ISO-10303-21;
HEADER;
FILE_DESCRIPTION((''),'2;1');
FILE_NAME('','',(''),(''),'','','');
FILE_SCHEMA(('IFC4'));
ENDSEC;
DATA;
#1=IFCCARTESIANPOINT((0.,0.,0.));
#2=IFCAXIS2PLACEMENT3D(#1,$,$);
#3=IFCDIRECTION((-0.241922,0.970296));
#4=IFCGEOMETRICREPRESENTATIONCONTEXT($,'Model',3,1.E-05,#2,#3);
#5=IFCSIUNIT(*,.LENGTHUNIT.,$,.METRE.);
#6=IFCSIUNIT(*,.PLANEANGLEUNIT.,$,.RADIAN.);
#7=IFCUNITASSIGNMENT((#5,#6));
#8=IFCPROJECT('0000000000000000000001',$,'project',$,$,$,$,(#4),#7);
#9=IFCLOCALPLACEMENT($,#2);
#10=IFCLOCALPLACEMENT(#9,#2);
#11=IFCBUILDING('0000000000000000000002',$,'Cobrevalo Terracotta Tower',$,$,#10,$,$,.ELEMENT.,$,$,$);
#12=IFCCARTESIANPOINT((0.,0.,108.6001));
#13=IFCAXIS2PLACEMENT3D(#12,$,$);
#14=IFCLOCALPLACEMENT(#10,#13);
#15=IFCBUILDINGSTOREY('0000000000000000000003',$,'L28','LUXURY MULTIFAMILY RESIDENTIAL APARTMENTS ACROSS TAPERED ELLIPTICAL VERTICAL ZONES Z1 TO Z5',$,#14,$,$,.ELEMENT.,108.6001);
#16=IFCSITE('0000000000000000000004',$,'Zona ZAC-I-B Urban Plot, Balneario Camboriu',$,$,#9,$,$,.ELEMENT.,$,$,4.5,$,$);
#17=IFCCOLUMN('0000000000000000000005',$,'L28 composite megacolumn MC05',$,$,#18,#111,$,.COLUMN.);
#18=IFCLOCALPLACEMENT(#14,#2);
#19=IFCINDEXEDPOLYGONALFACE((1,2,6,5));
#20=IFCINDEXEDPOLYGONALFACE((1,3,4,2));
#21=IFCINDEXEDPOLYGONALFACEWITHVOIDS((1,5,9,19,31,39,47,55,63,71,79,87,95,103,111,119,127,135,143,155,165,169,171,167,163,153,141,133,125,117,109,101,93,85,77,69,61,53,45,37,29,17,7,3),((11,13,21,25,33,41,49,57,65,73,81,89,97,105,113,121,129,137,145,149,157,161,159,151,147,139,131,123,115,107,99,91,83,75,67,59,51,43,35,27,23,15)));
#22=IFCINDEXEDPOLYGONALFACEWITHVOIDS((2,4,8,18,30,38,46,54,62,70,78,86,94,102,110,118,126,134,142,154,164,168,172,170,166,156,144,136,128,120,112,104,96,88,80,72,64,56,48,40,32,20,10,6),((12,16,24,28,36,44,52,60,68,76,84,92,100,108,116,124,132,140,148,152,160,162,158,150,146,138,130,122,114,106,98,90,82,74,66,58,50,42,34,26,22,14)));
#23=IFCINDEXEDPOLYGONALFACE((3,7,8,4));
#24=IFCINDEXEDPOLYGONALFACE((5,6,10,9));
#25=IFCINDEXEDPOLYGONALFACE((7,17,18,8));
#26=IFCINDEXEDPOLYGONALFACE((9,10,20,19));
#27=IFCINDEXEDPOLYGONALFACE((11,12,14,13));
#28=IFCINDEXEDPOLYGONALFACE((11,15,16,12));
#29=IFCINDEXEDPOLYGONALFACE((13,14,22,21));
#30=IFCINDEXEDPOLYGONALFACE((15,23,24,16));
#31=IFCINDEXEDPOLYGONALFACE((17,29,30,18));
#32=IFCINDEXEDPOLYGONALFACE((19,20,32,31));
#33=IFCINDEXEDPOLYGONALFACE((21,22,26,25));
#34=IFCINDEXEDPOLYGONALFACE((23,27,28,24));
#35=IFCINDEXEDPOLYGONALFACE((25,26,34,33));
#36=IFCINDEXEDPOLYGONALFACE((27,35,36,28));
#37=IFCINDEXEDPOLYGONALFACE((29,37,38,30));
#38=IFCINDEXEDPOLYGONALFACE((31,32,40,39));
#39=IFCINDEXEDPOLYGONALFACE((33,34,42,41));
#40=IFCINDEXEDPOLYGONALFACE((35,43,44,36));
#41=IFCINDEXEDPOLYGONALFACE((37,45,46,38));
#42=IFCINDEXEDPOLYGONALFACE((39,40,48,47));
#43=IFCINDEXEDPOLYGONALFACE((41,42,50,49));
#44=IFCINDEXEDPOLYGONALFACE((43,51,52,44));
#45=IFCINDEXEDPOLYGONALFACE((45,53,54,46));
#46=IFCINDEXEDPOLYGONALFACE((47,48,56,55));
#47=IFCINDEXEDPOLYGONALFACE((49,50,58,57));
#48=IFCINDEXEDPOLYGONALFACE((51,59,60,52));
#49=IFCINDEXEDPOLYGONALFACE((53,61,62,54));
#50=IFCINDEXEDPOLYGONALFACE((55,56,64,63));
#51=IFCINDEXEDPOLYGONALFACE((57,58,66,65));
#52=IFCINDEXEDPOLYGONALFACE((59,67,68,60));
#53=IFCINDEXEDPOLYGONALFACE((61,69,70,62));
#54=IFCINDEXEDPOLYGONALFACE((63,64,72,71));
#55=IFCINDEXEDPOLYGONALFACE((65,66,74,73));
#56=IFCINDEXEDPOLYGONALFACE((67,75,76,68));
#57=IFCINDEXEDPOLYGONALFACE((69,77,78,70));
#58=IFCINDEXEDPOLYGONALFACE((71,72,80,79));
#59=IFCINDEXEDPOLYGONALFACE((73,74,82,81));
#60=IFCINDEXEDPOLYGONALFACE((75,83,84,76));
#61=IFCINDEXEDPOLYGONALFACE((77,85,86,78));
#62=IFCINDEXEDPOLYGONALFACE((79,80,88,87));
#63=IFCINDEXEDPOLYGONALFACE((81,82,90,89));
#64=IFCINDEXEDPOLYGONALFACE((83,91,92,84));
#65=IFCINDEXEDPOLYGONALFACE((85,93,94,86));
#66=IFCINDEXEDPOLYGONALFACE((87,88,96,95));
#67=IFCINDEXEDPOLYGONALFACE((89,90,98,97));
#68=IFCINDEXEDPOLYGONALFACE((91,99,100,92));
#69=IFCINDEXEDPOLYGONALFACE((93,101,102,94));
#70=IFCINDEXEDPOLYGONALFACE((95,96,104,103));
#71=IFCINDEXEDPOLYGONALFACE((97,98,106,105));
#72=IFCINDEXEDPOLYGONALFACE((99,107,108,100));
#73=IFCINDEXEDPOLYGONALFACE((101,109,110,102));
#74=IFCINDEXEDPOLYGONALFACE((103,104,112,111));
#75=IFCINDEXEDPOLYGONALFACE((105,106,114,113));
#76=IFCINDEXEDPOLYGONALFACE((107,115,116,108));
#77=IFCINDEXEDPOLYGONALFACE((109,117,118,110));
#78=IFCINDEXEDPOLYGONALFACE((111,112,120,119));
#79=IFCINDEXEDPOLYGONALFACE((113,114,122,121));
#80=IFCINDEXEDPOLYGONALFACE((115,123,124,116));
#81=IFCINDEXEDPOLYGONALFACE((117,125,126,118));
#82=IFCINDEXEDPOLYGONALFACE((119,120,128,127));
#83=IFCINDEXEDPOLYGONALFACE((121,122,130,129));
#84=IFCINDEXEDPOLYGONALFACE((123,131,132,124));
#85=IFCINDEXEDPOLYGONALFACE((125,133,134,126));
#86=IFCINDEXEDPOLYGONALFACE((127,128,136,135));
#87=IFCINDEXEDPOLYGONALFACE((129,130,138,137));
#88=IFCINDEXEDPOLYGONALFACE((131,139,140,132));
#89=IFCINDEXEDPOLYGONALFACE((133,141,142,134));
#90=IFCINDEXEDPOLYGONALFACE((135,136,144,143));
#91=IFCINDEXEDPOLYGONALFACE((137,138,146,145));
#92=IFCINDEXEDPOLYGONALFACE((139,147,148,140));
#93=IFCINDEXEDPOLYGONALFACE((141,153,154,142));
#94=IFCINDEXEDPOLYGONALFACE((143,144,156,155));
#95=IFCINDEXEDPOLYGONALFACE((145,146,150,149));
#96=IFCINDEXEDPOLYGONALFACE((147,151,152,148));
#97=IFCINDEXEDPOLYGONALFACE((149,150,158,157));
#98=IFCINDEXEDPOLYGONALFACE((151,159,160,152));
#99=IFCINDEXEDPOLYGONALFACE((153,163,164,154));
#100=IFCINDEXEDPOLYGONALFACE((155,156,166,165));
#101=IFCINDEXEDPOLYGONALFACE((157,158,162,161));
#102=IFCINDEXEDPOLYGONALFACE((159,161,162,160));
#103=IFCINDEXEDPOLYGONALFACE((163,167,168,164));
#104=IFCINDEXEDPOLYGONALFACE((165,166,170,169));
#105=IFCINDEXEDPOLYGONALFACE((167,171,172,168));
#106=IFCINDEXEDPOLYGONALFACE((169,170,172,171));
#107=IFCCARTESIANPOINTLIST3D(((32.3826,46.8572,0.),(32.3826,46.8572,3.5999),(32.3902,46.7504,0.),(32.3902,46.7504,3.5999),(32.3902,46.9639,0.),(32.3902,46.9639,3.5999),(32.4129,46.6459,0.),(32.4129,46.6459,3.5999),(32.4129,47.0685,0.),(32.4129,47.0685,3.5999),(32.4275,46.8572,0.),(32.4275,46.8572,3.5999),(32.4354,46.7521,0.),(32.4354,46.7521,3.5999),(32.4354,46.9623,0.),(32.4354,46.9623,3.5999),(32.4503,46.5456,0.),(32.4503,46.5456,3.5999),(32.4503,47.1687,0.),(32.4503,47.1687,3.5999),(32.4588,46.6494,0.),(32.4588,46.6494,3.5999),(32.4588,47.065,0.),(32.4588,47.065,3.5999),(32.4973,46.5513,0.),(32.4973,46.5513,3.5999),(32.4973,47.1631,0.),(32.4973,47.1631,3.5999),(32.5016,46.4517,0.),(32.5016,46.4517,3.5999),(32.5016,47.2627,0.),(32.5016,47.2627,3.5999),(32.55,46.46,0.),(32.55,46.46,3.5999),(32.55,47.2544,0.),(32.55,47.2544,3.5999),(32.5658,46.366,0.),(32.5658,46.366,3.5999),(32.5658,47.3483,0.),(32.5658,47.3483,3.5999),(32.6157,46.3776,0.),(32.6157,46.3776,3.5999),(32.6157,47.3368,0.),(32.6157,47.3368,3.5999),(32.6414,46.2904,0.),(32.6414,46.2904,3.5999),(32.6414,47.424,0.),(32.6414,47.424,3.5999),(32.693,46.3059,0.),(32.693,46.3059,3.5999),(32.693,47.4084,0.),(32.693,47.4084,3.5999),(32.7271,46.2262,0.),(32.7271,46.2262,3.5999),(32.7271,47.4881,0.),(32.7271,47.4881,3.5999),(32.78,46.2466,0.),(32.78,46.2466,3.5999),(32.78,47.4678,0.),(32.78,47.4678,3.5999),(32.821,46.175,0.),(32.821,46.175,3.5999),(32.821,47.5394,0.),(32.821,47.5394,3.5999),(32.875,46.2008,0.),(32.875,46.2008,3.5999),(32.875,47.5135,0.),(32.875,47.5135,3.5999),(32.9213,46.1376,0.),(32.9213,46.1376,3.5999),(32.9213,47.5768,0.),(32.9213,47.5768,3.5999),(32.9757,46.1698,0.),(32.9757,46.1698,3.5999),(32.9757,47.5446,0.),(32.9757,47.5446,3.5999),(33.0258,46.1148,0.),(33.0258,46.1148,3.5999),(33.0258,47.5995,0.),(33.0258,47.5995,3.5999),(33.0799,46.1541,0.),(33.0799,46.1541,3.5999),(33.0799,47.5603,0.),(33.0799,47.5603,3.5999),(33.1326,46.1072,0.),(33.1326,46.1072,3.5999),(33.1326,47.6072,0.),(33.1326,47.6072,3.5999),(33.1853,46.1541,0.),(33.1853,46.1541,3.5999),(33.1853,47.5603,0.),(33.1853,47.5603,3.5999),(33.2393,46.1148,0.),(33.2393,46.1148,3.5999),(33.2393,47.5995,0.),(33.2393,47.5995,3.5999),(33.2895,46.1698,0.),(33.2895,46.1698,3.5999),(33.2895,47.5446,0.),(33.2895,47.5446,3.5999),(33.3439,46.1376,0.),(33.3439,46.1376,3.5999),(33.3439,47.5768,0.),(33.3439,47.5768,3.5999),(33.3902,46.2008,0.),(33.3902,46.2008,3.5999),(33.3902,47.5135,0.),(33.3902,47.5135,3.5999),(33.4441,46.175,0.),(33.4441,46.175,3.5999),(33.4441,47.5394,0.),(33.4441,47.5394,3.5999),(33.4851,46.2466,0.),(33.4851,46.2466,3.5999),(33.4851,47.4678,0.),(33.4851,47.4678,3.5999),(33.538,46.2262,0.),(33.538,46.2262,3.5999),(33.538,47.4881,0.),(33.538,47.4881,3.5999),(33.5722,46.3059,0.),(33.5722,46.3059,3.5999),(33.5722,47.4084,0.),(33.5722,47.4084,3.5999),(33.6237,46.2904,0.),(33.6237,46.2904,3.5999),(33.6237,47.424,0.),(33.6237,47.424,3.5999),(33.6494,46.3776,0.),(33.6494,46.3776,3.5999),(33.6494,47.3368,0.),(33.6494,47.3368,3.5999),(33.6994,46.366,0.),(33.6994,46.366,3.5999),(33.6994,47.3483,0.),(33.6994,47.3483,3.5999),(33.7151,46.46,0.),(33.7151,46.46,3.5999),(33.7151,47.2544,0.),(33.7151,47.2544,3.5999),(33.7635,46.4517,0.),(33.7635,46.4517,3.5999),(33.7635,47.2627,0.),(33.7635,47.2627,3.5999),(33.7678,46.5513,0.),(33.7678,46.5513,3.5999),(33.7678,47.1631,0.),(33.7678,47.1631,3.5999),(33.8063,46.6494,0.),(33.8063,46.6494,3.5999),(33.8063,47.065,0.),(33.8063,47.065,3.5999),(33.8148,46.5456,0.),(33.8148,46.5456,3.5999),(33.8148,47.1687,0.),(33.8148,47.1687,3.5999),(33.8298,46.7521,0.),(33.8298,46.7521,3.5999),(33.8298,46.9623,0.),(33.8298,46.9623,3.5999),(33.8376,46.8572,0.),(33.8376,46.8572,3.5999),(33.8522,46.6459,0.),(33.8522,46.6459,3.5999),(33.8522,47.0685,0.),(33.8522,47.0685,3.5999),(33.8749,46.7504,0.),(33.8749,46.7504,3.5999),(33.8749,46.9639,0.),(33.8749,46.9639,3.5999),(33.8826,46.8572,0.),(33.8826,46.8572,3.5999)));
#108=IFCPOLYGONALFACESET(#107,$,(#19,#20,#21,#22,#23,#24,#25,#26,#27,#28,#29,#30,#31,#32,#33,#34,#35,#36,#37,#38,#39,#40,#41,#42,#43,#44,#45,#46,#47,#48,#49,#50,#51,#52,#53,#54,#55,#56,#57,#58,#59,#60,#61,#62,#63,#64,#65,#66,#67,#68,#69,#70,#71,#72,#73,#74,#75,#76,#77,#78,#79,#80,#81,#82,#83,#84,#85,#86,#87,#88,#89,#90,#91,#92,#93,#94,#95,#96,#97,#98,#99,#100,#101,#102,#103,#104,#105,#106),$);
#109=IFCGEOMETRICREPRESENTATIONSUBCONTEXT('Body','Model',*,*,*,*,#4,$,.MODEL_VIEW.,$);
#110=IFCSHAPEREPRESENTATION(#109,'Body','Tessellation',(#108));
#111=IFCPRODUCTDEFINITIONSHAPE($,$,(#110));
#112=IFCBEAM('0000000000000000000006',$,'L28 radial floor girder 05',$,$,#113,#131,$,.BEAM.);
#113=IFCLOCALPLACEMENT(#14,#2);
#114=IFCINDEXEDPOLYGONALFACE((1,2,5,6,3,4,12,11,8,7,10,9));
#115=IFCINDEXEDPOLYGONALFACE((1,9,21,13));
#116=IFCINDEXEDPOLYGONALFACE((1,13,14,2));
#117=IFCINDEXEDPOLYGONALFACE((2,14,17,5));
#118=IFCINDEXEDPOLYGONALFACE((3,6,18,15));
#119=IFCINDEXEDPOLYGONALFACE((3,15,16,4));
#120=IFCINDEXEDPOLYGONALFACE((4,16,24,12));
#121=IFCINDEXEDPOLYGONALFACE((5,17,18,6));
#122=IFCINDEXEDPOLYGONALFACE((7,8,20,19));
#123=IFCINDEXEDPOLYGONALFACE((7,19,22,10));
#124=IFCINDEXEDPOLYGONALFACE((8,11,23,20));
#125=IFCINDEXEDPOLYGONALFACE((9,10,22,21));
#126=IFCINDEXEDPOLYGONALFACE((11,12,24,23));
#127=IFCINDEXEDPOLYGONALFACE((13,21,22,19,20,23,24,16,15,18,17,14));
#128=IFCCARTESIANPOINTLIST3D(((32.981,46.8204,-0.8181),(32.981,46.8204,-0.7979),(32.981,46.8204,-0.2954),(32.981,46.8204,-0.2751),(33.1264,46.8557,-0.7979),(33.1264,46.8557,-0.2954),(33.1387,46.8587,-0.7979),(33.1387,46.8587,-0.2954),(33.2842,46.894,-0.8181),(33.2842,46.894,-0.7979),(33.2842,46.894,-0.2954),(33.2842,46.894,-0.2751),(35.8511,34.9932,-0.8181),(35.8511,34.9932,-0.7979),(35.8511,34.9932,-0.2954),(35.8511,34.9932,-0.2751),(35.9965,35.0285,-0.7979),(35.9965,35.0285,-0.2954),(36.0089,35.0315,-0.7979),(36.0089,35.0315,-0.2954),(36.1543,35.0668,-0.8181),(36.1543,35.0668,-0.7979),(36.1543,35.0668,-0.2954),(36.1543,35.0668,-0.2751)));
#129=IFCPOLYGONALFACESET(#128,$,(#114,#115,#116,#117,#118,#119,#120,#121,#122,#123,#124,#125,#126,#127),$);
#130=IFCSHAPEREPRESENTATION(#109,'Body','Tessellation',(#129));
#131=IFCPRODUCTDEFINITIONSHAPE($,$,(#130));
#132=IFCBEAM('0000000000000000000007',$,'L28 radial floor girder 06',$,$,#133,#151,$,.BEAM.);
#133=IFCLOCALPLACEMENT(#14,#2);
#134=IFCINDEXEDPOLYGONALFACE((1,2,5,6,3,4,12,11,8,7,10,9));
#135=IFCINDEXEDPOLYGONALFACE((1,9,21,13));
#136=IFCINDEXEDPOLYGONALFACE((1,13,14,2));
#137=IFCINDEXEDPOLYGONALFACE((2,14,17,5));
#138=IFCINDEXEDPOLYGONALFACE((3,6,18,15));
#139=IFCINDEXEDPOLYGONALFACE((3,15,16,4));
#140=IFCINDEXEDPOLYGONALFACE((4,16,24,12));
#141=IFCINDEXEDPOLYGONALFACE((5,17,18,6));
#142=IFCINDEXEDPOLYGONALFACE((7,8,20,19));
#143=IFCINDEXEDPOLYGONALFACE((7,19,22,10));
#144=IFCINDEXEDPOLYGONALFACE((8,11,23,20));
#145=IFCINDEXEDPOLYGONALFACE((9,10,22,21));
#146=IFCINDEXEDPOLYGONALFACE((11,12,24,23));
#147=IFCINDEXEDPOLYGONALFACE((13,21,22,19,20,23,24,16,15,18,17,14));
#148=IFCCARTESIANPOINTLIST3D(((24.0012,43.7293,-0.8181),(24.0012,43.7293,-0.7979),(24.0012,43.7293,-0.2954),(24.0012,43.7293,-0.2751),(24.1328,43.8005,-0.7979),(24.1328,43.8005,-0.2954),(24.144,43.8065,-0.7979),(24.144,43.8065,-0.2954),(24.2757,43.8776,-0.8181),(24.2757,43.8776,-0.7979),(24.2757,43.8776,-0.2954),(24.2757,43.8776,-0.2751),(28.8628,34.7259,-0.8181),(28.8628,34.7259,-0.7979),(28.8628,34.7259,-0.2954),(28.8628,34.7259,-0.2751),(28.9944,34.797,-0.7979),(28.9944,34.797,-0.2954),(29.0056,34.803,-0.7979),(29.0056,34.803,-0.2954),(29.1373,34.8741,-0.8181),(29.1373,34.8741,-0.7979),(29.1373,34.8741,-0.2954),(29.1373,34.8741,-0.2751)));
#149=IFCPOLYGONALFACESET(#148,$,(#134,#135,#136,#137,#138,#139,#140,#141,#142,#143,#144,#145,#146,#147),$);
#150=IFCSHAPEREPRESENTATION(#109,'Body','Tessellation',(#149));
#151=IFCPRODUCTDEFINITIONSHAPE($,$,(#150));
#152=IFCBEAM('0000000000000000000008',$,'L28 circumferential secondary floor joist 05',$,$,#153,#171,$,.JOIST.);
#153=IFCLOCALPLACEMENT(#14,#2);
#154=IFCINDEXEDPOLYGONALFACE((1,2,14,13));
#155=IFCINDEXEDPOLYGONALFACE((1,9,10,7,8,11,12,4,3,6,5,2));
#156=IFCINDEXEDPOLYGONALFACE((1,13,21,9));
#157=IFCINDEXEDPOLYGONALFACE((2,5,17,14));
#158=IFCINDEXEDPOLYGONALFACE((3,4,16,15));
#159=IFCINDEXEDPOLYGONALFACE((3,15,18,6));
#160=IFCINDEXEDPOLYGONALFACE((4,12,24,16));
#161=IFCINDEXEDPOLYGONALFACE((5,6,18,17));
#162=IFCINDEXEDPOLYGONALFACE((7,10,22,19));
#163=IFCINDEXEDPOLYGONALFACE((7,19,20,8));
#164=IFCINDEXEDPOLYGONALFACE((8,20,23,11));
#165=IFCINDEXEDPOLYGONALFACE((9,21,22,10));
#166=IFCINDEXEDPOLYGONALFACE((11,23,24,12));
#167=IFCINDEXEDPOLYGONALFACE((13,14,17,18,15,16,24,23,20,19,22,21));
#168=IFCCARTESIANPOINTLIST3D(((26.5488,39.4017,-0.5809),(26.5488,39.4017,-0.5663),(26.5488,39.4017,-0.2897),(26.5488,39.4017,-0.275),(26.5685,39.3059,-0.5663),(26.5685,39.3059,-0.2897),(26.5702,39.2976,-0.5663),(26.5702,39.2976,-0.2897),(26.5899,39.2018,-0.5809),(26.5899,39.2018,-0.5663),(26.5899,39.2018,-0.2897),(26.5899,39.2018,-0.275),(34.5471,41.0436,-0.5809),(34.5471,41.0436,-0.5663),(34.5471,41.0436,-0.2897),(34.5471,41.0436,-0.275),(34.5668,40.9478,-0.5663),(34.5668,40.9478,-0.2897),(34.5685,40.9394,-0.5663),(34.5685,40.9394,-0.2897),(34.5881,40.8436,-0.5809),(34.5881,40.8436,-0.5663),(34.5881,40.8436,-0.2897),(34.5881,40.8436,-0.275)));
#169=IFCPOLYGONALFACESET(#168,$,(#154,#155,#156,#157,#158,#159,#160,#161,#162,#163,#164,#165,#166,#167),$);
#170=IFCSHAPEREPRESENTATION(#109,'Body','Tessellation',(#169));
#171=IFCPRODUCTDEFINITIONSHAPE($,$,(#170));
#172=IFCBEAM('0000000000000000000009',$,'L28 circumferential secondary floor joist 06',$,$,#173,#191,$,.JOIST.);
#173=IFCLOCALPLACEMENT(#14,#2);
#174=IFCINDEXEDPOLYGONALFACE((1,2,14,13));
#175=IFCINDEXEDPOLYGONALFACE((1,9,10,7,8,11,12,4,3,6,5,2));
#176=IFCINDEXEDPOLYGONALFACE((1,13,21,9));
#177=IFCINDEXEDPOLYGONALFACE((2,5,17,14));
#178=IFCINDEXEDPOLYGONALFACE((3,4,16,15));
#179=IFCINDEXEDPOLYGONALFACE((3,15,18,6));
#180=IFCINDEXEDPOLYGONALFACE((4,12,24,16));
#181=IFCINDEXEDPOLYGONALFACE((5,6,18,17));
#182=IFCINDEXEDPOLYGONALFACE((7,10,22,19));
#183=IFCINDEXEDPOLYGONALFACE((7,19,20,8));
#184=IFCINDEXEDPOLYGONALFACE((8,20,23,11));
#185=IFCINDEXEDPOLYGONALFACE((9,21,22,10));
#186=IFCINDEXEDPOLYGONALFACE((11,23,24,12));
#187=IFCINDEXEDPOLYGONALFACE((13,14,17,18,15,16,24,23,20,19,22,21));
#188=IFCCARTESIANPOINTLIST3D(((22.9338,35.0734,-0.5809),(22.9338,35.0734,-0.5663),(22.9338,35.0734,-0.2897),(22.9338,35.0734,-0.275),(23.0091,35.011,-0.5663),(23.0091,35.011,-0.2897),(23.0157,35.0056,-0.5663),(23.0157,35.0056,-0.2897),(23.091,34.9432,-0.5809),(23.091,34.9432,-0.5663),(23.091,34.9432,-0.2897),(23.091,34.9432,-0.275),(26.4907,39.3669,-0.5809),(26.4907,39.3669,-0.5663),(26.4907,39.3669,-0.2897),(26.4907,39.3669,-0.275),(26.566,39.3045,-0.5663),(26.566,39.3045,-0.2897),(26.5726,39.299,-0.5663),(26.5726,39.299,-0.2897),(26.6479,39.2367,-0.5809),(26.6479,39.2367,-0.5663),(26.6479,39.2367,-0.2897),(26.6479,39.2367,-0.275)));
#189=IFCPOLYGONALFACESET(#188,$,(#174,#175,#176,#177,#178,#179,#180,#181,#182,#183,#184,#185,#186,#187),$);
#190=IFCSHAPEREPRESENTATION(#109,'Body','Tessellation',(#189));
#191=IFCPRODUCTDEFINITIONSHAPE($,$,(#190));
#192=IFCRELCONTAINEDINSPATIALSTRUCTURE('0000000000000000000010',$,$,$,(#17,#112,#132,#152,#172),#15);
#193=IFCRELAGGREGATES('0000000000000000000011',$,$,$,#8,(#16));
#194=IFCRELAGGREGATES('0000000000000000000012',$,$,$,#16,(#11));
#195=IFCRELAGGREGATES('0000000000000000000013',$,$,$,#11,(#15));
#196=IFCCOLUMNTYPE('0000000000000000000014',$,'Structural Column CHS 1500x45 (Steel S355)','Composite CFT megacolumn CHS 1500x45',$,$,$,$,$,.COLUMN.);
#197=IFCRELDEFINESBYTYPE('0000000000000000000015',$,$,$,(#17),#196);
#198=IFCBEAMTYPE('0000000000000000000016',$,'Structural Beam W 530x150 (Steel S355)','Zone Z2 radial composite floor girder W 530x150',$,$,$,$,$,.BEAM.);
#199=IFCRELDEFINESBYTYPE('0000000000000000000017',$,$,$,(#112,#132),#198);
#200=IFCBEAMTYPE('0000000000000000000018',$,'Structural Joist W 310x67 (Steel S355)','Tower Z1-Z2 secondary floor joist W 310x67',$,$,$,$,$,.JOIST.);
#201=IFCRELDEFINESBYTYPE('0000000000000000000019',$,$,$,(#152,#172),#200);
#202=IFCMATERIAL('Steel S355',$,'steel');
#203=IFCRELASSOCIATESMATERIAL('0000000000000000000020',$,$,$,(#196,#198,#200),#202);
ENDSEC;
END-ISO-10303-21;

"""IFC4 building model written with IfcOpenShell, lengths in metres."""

from ifc_helpers import new_model, si_unit, direction, frame, origin, origin_2d, place, context, subcontext, project, spatial, hollow_circle, i_section, extrude, material, material_profile, profile_set, type_object, element, save


model = new_model("IFC4")

# Units and contexts
model_context = context("Model", 3, precision=1e-05, world=origin(), true_north=direction((-0.241922, 0.970296)))
body_context = subcontext(model_context, "Body", "Model", "MODEL_VIEW")
ifc_project = project(units=[si_unit("LENGTHUNIT", "METRE"), si_unit("PLANEANGLEUNIT", "RADIAN")], contexts=[model_context])

# Site, building, storey
site_placement = place(None, origin())
site = spatial("IfcSite", under=ifc_project, at=site_placement, Name="Zona ZAC-I-B Urban Plot, Balneario Camboriu", CompositionType="ELEMENT", RefElevation=4.5)
building_placement = place(site_placement, origin())
building = spatial("IfcBuilding", under=site, at=building_placement, Name="Cobrevalo Terracotta Tower", CompositionType="ELEMENT")
storey_placement = place(building_placement, frame((0.0, 0.0, 108.6001)))
storey = spatial("IfcBuildingStorey", under=building, at=storey_placement, Name="L28", Description="LUXURY MULTIFAMILY RESIDENTIAL APARTMENTS ACROSS TAPERED ELLIPTICAL VERTICAL ZONES Z1 TO Z5", CompositionType="ELEMENT", Elevation=108.6001)

# Column
ifc_material_1 = material(Name="Steel S355", Category="steel")
ifc_material_profile_1 = material_profile(ifc_material_1, hollow_circle(Radius=0.75, WallThickness=0.0449, at=origin_2d()), Name="CHS 1500x45")
ifc_profile_set_1 = profile_set([ifc_material_profile_1], Name="Steel S355")
column_type = type_object("IfcColumnType", Name="Structural Column CHS 1500x45 (Steel S355)", Description="Composite CFT megacolumn CHS 1500x45", PredefinedType="COLUMN", material=ifc_profile_set_1)
column_placement = place(storey_placement, frame((33.1326, 46.8572, 0.0), z_axis=(0.0, 0.0, 1.0), x_axis=(1.0, 0.0, 0.0)))
element("IfcColumn", 1, at=column_placement, inside=storey, type_object=column_type, Name="L28 composite megacolumn MC05", PredefinedType="COLUMN", context=body_context, shape_type="SweptSolid", body=[
    extrude(hollow_circle(Radius=0.75, WallThickness=0.0449, at=origin_2d()), origin(), (0.0, 0.0, 1.0), 3.5999),
])

# Beams
ifc_material_profile_2 = material_profile(ifc_material_1, i_section(OverallWidth=0.312, OverallDepth=0.543, WebThickness=0.0127, FlangeThickness=0.0203, at=origin_2d()), Name="W 530x150")
ifc_profile_set_2 = profile_set([ifc_material_profile_2], Name="Steel S355")
beam_type_1 = type_object("IfcBeamType", Name="Structural Beam W 530x150 (Steel S355)", Description="Zone Z2 radial composite floor girder W 530x150", PredefinedType="BEAM", material=ifc_profile_set_2)
beam_1_placement = place(storey_placement, frame((33.1326, 46.8572, -0.5466), z_axis=(0.235827, -0.971795, 0.0), x_axis=(0.971795, 0.235827, 0.0)))
element("IfcBeam", 2, at=beam_1_placement, inside=storey, type_object=beam_type_1, Name="L28 radial floor girder 05", PredefinedType="BEAM", context=body_context, shape_type="SweptSolid", body=[
    extrude(i_section(OverallWidth=0.312, OverallDepth=0.543, WebThickness=0.0127, FlangeThickness=0.0203, at=origin_2d()), origin(), (0.0, 0.0, 1.0), 12.1704),
])
beam_2_placement = place(storey_placement, frame((24.1384, 43.8035, -0.5466), z_axis=(0.475128, -0.879917, 0.0), x_axis=(0.879917, 0.475128, 0.0)))
element("IfcBeam", 3, at=beam_2_placement, inside=storey, type_object=beam_type_1, Name="L28 radial floor girder 06", PredefinedType="BEAM", context=body_context, shape_type="SweptSolid", body=[
    extrude(i_section(OverallWidth=0.312, OverallDepth=0.543, WebThickness=0.0127, FlangeThickness=0.0203, at=origin_2d()), origin(), (0.0, 0.0, 1.0), 10.2322),
])
ifc_material_profile_3 = material_profile(ifc_material_1, i_section(OverallWidth=0.2041, OverallDepth=0.3059, WebThickness=0.0085, FlangeThickness=0.0146, at=origin_2d()), Name="W 310x67")
ifc_profile_set_3 = profile_set([ifc_material_profile_3], Name="Steel S355")
beam_type_2 = type_object("IfcBeamType", Name="Structural Joist W 310x67 (Steel S355)", Description="Tower Z1-Z2 secondary floor joist W 310x67", PredefinedType="JOIST", material=ifc_profile_set_3)
beam_3_placement = place(storey_placement, frame((34.5676, 40.9436, -0.428), z_axis=(-0.979574, -0.201082, 0.0), x_axis=(0.201082, -0.979574, 0.0)))
element("IfcBeam", 4, at=beam_3_placement, inside=storey, type_object=beam_type_2, Name="L28 circumferential secondary floor joist 05", PredefinedType="JOIST", context=body_context, shape_type="SweptSolid", body=[
    extrude(i_section(OverallWidth=0.2041, OverallDepth=0.3059, WebThickness=0.0085, FlangeThickness=0.0146, at=origin_2d()), origin(), (0.0, 0.0, 1.0), 8.165),
])
beam_4_placement = place(storey_placement, frame((26.5693, 39.3018, -0.428), z_axis=(-0.637959, -0.77007, 0.0), x_axis=(0.77007, -0.637959, 0.0)))
element("IfcBeam", 5, at=beam_4_placement, inside=storey, type_object=beam_type_2, Name="L28 circumferential secondary floor joist 06", PredefinedType="JOIST", context=body_context, shape_type="SweptSolid", body=[
    extrude(i_section(OverallWidth=0.2041, OverallDepth=0.3059, WebThickness=0.0085, FlangeThickness=0.0146, at=origin_2d()), origin(), (0.0, 0.0, 1.0), 5.5754),
])

save(model, "model.ifc")
